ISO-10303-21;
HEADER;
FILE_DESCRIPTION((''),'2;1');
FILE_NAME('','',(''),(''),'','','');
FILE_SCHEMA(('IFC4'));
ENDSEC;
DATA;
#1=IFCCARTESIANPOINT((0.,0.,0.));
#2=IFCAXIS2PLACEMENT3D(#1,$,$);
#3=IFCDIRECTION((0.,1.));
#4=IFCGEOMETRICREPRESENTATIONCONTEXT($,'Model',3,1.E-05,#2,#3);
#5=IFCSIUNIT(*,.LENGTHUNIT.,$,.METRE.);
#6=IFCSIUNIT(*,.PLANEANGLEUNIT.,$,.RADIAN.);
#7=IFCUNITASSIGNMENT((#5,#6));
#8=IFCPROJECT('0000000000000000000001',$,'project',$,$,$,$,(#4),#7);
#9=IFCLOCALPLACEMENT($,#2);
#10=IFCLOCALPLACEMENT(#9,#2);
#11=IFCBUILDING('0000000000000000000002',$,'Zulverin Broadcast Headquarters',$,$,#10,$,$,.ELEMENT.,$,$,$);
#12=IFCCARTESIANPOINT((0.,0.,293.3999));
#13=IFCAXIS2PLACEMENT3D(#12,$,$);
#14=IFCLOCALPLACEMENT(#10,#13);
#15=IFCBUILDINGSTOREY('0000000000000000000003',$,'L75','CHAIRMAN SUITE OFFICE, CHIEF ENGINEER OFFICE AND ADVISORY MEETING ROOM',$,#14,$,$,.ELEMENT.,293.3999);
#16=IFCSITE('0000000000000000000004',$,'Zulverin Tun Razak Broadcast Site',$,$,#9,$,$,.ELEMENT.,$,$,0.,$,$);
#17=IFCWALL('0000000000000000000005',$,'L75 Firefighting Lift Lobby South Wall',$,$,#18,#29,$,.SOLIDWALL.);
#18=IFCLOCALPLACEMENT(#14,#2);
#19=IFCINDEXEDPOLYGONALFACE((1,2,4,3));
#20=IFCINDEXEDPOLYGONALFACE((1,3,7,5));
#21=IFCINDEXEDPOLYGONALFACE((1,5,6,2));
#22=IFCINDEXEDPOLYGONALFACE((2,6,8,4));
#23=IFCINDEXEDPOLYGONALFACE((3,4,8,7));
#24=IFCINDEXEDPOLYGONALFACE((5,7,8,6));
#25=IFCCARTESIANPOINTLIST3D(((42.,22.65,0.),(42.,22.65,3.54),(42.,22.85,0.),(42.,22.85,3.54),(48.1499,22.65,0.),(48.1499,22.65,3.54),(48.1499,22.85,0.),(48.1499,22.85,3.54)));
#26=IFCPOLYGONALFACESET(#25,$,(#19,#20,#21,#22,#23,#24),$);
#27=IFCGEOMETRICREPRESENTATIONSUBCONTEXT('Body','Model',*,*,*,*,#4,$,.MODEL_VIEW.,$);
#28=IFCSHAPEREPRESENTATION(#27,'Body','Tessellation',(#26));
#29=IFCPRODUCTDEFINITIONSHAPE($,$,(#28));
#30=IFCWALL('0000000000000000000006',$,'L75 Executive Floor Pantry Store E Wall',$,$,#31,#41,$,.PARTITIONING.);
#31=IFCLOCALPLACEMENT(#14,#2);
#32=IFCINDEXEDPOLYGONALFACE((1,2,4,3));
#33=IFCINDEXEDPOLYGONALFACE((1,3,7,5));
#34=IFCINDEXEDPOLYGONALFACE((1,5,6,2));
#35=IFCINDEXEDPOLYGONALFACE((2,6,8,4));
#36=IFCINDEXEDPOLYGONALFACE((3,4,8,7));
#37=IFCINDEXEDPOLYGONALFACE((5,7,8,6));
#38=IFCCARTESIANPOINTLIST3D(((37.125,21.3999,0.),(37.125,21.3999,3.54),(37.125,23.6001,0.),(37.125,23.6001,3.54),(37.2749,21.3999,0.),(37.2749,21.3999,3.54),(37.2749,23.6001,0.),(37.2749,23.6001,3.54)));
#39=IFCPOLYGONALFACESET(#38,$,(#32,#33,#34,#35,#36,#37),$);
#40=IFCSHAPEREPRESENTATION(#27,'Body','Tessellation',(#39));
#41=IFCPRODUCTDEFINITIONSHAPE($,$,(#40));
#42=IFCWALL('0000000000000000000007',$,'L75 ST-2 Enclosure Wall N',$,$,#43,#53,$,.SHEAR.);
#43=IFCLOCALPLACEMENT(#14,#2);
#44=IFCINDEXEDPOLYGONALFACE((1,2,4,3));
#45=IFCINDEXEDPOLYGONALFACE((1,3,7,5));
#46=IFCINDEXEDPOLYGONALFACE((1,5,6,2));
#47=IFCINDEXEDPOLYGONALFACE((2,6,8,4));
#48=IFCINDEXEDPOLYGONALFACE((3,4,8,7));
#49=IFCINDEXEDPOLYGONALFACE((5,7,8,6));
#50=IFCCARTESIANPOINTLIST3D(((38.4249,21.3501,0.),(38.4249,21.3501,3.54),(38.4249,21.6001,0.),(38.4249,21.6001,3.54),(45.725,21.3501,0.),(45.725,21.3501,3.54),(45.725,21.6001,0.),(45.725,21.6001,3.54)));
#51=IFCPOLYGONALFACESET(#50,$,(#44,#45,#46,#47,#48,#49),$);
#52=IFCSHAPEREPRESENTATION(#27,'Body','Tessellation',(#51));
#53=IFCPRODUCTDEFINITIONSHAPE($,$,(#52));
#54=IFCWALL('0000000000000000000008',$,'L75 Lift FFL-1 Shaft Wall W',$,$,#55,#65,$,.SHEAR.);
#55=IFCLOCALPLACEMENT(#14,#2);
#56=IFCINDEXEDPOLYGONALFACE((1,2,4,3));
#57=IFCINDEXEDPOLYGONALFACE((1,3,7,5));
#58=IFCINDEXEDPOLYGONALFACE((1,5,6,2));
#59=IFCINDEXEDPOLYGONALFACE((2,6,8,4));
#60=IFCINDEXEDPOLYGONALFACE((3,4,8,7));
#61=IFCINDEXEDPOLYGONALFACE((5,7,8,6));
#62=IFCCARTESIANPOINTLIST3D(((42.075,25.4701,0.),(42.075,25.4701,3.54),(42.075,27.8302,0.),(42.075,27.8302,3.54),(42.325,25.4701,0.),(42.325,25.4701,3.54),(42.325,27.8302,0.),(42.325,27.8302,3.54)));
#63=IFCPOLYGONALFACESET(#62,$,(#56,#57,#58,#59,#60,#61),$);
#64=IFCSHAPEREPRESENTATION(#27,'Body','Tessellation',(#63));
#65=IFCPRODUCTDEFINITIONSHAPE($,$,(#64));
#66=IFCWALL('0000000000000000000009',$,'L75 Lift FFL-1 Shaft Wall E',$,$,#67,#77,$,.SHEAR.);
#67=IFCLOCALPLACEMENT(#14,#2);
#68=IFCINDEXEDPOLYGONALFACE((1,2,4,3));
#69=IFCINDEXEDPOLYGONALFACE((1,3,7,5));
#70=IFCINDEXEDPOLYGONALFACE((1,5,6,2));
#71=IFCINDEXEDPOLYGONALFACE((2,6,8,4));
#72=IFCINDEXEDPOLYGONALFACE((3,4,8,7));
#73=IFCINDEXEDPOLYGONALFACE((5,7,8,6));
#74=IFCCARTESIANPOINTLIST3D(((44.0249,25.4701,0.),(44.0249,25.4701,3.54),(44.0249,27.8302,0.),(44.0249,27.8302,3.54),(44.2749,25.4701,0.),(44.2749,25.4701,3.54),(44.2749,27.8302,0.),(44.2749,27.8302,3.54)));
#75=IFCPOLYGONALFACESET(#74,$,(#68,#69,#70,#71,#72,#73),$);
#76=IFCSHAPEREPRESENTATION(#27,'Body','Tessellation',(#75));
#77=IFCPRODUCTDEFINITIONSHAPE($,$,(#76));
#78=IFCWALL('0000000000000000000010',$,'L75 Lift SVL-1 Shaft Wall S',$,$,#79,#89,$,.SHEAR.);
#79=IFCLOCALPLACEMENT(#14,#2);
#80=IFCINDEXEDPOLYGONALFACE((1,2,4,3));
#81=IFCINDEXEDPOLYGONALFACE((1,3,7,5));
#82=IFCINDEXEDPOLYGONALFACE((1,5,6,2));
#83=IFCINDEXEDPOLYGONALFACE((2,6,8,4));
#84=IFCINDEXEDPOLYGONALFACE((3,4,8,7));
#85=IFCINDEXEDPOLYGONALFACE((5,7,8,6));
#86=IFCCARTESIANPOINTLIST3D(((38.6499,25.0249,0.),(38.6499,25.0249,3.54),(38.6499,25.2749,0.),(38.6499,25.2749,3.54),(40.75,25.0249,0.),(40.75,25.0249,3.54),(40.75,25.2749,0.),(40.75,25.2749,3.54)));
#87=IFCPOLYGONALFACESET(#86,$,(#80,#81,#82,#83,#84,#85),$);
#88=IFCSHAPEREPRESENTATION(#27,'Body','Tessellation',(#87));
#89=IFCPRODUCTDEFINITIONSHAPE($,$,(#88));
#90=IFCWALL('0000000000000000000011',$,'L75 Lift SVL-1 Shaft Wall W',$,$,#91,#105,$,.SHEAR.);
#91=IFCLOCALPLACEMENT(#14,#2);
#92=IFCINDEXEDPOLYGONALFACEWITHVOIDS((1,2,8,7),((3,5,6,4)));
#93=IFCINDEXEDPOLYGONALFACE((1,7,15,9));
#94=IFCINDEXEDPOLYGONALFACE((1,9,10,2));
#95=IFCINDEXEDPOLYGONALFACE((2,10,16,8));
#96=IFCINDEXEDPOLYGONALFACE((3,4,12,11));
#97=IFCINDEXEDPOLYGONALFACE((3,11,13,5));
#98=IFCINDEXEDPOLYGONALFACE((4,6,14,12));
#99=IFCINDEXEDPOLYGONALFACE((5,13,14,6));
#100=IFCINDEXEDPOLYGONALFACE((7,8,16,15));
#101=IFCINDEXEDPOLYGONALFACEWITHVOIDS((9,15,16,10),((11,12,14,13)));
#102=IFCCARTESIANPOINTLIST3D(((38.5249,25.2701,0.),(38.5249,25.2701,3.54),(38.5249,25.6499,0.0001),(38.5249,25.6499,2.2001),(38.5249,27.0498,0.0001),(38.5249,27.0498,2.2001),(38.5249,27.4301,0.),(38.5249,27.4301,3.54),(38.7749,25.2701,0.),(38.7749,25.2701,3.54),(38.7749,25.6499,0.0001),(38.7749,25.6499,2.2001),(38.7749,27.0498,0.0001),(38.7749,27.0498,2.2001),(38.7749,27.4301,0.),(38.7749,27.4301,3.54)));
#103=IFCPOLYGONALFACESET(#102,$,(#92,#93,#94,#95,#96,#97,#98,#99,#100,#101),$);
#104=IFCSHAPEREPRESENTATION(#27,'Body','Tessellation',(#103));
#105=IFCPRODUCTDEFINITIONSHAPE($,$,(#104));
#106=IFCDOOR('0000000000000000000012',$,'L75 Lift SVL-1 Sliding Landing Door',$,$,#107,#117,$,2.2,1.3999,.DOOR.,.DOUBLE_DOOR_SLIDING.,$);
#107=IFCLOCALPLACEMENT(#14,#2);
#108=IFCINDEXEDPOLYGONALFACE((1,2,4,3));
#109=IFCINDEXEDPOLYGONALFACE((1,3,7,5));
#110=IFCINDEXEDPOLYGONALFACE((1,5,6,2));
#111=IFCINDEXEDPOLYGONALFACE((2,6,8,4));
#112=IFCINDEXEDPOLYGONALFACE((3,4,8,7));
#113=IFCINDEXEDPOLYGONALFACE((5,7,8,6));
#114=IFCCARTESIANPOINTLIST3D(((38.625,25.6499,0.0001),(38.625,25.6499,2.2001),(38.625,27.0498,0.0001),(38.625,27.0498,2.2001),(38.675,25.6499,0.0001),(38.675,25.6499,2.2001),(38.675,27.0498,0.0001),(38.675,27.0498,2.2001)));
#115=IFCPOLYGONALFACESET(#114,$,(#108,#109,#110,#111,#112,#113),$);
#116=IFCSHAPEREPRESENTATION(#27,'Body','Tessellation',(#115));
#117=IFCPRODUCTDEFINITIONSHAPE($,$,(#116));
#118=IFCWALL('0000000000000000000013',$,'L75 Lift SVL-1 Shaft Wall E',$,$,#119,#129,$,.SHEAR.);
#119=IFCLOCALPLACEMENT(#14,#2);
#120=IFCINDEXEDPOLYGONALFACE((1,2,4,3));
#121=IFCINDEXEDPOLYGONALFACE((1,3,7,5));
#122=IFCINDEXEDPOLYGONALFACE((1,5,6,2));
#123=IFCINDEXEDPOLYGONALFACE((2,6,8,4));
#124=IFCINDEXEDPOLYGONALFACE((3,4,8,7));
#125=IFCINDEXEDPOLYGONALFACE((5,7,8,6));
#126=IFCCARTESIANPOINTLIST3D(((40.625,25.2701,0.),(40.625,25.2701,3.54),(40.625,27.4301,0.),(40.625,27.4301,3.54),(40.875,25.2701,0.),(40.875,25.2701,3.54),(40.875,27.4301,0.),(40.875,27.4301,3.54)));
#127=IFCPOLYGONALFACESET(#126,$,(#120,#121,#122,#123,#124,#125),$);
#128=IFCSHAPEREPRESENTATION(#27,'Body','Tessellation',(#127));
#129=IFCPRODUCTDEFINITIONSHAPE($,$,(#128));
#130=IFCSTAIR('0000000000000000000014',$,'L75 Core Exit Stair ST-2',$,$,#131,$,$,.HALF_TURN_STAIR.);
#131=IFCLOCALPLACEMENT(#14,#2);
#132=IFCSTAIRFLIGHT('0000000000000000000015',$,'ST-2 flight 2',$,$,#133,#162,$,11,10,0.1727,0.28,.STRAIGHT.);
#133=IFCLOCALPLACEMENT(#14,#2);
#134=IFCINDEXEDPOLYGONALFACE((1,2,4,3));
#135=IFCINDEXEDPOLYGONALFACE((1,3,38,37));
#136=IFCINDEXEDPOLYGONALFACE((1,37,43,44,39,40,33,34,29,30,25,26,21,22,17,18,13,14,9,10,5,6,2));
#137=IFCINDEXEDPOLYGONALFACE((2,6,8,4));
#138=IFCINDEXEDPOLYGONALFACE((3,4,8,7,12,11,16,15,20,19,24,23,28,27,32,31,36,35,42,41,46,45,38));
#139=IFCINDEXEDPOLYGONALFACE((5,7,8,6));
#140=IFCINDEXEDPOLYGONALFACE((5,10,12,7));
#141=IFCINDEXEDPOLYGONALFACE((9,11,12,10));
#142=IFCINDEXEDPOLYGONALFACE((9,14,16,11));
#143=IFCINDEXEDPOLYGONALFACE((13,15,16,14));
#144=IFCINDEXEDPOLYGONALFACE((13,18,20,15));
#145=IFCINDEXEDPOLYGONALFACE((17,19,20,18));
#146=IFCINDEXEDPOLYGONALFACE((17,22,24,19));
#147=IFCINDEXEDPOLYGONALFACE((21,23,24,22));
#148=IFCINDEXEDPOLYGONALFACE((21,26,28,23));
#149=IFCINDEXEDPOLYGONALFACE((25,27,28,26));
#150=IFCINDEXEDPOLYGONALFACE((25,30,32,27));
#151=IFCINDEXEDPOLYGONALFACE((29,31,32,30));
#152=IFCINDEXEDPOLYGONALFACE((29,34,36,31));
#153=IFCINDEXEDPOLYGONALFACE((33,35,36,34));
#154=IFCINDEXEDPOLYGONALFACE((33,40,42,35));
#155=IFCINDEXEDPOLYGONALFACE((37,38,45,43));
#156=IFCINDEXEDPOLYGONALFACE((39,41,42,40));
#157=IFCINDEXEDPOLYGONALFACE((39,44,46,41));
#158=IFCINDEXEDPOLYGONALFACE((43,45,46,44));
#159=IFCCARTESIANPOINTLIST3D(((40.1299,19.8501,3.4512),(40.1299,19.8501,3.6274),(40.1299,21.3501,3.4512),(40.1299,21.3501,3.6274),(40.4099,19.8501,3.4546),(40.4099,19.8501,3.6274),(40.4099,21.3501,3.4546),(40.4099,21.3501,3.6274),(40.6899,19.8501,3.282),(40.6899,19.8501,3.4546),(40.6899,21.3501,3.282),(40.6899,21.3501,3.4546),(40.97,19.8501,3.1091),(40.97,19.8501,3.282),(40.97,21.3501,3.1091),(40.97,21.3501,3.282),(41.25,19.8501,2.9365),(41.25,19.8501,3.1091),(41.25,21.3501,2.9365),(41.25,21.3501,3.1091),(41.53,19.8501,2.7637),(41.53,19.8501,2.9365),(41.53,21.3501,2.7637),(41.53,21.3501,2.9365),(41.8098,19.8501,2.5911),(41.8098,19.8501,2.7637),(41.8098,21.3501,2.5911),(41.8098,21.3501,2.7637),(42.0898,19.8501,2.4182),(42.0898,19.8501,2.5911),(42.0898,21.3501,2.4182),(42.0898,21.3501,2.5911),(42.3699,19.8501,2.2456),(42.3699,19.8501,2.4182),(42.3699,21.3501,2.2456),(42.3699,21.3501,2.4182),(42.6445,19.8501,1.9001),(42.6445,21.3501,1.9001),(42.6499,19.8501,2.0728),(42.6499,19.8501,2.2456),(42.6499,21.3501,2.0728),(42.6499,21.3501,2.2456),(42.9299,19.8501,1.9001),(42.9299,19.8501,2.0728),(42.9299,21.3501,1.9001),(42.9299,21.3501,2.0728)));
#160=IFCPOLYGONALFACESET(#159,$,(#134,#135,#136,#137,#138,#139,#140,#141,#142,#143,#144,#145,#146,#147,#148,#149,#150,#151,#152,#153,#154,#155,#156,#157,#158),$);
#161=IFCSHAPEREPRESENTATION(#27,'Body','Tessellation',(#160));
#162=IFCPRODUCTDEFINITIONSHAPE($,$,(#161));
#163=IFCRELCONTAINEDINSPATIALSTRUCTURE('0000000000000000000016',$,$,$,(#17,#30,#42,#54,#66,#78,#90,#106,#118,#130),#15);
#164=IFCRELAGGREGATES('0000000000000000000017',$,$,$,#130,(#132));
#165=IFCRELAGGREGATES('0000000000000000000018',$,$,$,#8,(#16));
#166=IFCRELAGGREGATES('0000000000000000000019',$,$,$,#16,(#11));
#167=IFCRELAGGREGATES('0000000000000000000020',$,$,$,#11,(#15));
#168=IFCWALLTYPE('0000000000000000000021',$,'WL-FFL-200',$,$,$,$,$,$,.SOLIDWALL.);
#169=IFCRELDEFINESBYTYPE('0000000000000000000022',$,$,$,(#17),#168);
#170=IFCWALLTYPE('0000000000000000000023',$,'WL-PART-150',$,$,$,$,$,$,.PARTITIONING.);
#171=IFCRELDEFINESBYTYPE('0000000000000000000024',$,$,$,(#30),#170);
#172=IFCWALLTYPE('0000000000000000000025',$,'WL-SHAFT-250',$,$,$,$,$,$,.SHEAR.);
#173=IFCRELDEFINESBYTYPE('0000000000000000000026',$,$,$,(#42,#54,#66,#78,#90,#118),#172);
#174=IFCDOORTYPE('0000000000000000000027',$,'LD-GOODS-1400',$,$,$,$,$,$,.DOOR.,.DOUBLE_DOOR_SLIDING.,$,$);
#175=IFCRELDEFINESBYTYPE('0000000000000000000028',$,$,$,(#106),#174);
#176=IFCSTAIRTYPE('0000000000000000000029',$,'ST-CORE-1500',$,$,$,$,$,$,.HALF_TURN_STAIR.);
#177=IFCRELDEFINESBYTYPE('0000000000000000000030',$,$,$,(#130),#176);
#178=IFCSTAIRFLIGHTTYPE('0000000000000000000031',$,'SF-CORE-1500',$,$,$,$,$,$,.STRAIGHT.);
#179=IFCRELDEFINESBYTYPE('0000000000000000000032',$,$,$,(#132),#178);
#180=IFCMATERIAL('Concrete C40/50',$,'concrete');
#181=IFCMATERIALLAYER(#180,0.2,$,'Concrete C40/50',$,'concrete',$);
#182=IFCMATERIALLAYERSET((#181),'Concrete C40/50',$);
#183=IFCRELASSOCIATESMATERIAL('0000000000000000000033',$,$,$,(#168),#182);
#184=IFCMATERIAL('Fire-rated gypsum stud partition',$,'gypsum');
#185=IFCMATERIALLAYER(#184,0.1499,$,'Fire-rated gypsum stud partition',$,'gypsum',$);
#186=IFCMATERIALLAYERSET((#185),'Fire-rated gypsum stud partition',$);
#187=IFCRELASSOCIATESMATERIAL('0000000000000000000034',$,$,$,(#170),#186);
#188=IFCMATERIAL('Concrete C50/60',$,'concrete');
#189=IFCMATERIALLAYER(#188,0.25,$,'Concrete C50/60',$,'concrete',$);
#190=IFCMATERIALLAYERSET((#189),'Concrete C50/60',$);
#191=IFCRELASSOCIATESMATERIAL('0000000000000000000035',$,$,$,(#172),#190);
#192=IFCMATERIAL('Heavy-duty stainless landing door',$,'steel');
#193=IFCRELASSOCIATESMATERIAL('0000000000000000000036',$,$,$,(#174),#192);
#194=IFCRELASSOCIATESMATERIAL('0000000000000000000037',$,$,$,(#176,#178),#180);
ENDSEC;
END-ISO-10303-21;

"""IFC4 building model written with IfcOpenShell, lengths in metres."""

from ifc_helpers import new_model, si_unit, direction, frame, frame_2d, origin, place, context, subcontext, project, spatial, polyline, rectangle, outline, extrude, material, layer, layer_set, type_object, element, fill, aggregate, save


model = new_model("IFC4")

# Units and contexts
model_context = context("Model", 3, precision=1e-05, world=origin(), true_north=direction((0.0, 1.0)))
body_context = subcontext(model_context, "Body", "Model", "MODEL_VIEW")
ifc_project = project(units=[si_unit("LENGTHUNIT", "METRE"), si_unit("PLANEANGLEUNIT", "RADIAN")], contexts=[model_context])

# Site, building, storey
site_placement = place(None, origin())
site = spatial("IfcSite", under=ifc_project, at=site_placement, Name="Zulverin Tun Razak Broadcast Site", CompositionType="ELEMENT", RefElevation=0.0)
building_placement = place(site_placement, origin())
building = spatial("IfcBuilding", under=site, at=building_placement, Name="Zulverin Broadcast Headquarters", CompositionType="ELEMENT")
storey_placement = place(building_placement, frame((0.0, 0.0, 293.3999)))
storey = spatial("IfcBuildingStorey", under=building, at=storey_placement, Name="L75", Description="CHAIRMAN SUITE OFFICE, CHIEF ENGINEER OFFICE AND ADVISORY MEETING ROOM", CompositionType="ELEMENT", Elevation=293.3999)

# Shared definitions
ifc_material_1 = material(Name="Concrete C40/50", Category="concrete")
ifc_layer_1 = layer(ifc_material_1, 0.2, Name="Concrete C40/50", Category="concrete")
ifc_layer_set_1 = layer_set([ifc_layer_1], Name="Concrete C40/50")
wall_type_1 = type_object("IfcWallType", Name="WL-FFL-200", PredefinedType="SOLIDWALL", material=ifc_layer_set_1)

# Wall
wall_1_placement = place(storey_placement, frame((42.0, 22.75, 0.0), z_axis=(0.0, 0.0, 1.0), x_axis=(1.0, 0.0, 0.0)))
element("IfcWall", 1, at=wall_1_placement, inside=storey, type_object=wall_type_1, Name="L75 Firefighting Lift Lobby South Wall", PredefinedType="SOLIDWALL", context=body_context, shape_type="SweptSolid", body=[
    extrude(rectangle(XDim=6.1499, YDim=0.2, at=frame_2d((3.075, 0.0))), origin(), (0.0, 0.0, 1.0), 3.54),
])

# Walls
ifc_material_2 = material(Name="Fire-rated gypsum stud partition", Category="gypsum")
ifc_layer_2 = layer(ifc_material_2, 0.1499, Name="Fire-rated gypsum stud partition", Category="gypsum")
ifc_layer_set_2 = layer_set([ifc_layer_2], Name="Fire-rated gypsum stud partition")
wall_type_2 = type_object("IfcWallType", Name="WL-PART-150", PredefinedType="PARTITIONING", material=ifc_layer_set_2)
wall_2_placement = place(storey_placement, frame((37.2, 21.3999, 0.0), z_axis=(0.0, 0.0, 1.0), x_axis=(0.0, 1.0, 0.0)))
element("IfcWall", 2, at=wall_2_placement, inside=storey, type_object=wall_type_2, Name="L75 Executive Floor Pantry Store E Wall", PredefinedType="PARTITIONING", context=body_context, shape_type="SweptSolid", body=[
    extrude(rectangle(XDim=2.2002, YDim=0.1499, at=frame_2d((1.1001, 0.0))), origin(), (0.0, 0.0, 1.0), 3.54),
])
ifc_material_3 = material(Name="Concrete C50/60", Category="concrete")
ifc_layer_3 = layer(ifc_material_3, 0.25, Name="Concrete C50/60", Category="concrete")
ifc_layer_set_3 = layer_set([ifc_layer_3], Name="Concrete C50/60")
wall_type_3 = type_object("IfcWallType", Name="WL-SHAFT-250", PredefinedType="SHEAR", material=ifc_layer_set_3)
wall_3_placement = place(storey_placement, frame((38.425, 21.4751, 0.0), z_axis=(0.0, 0.0, 1.0), x_axis=(1.0, 0.0, 0.0)))
element("IfcWall", 3, at=wall_3_placement, inside=storey, type_object=wall_type_3, Name="L75 ST-2 Enclosure Wall N", PredefinedType="SHEAR", context=body_context, shape_type="SweptSolid", body=[
    extrude(rectangle(XDim=7.3, YDim=0.25, at=frame_2d((3.6499, 0.0))), origin(), (0.0, 0.0, 1.0), 3.54),
])

# Walls
for number, where, z_axis, x_axis, name in (
    (4, (42.2, 25.47, 0.0), (0.0, 0.0, 1.0), (0.0, 1.0, 0.0), "L75 Lift FFL-1 Shaft Wall W"),
    (5, (44.1499, 25.47, 0.0), (0.0, 0.0, 1.0), (0.0, 1.0, 0.0), "L75 Lift FFL-1 Shaft Wall E"),
):
    element("IfcWall", number, at=place(storey_placement, frame(where, z_axis=z_axis, x_axis=x_axis)), inside=storey, type_object=wall_type_3, Name=name, PredefinedType="SHEAR", context=body_context, shape_type="SweptSolid", body=[
        extrude(rectangle(XDim=2.3601, YDim=0.25, at=frame_2d((1.1802, 0.0))), origin(), (0.0, 0.0, 1.0), 3.54),
    ])

# Wall
wall_4_placement = place(storey_placement, frame((38.6499, 25.1499, 0.0), z_axis=(0.0, 0.0, 1.0), x_axis=(1.0, 0.0, 0.0)))
element("IfcWall", 6, at=wall_4_placement, inside=storey, type_object=wall_type_3, Name="L75 Lift SVL-1 Shaft Wall S", PredefinedType="SHEAR", context=body_context, shape_type="SweptSolid", body=[
    extrude(rectangle(XDim=2.1001, YDim=0.25, at=frame_2d((1.05, 0.0))), origin(), (0.0, 0.0, 1.0), 3.54),
])

# Wall, opening, door
wall_5_placement = place(storey_placement, frame((38.6499, 25.27, 0.0), z_axis=(0.0, 0.0, 1.0), x_axis=(0.0, 1.0, 0.0)))
wall_5 = element("IfcWall", 7, at=wall_5_placement, inside=storey, type_object=wall_type_3, Name="L75 Lift SVL-1 Shaft Wall W", PredefinedType="SHEAR", context=body_context, shape_type="SweptSolid", body=[
    extrude(rectangle(XDim=2.1599, YDim=0.25, at=frame_2d((1.0801, 0.0))), origin(), (0.0, 0.0, 1.0), 3.54),
])
opening_1_placement = place(wall_5_placement, frame((0.3799, 0.0, 0.0)))
opening_1 = element("IfcOpeningElement", 8, at=opening_1_placement, cuts=wall_5, PredefinedType="OPENING", context=body_context, shape_type="SweptSolid", body=[
    extrude(rectangle(XDim=1.3999, YDim=2.2, at=frame_2d((0.7, 1.1001))), frame((0.0, 0.135, 0.0), z_axis=(0.0, -1.0, 0.0), x_axis=(1.0, 0.0, 0.0)), (0.0, 0.0, 1.0), 0.27),
])
ifc_material_4 = material(Name="Heavy-duty stainless landing door", Category="steel")
door_type_1 = type_object("IfcDoorType", Name="LD-GOODS-1400", OperationType="DOUBLE_DOOR_SLIDING", PredefinedType="DOOR", material=ifc_material_4)
door_1_placement = place(opening_1_placement, origin())
door_1 = element("IfcDoor", 9, at=door_1_placement, inside=storey, type_object=door_type_1, Name="L75 Lift SVL-1 Sliding Landing Door", OperationType="DOUBLE_DOOR_SLIDING", OverallHeight=2.2, OverallWidth=1.3999, PredefinedType="DOOR", context=body_context, shape_type="SweptSolid", body=[
    extrude(rectangle(XDim=1.3999, YDim=2.2, at=frame_2d((0.7, 1.1001))), frame((0.0, 0.0249, 0.0), z_axis=(0.0, -1.0, 0.0), x_axis=(1.0, 0.0, 0.0)), (0.0, 0.0, 1.0), 0.05),
])
fill(opening_1, door_1)

# Wall
wall_6_placement = place(storey_placement, frame((40.75, 25.27, 0.0), z_axis=(0.0, 0.0, 1.0), x_axis=(0.0, 1.0, 0.0)))
element("IfcWall", 10, at=wall_6_placement, inside=storey, type_object=wall_type_3, Name="L75 Lift SVL-1 Shaft Wall E", PredefinedType="SHEAR", context=body_context, shape_type="SweptSolid", body=[
    extrude(rectangle(XDim=2.1599, YDim=0.25, at=frame_2d((1.0801, 0.0))), origin(), (0.0, 0.0, 1.0), 3.54),
])

# Stair, stair flight
stair_type = type_object("IfcStairType", Name="ST-CORE-1500", PredefinedType="HALF_TURN_STAIR", material=ifc_material_1)
stair_placement = place(storey_placement, origin())
stair = element("IfcStair", 11, at=stair_placement, inside=storey, type_object=stair_type, Name="L75 Core Exit Stair ST-2", PredefinedType="HALF_TURN_STAIR")
stair_flight_type = type_object("IfcStairFlightType", Name="SF-CORE-1500", PredefinedType="STRAIGHT", material=ifc_material_1)
stair_flight_placement = place(storey_placement, frame((42.9299, 20.6001, 1.9001), z_axis=(0.0, 0.0, 1.0), x_axis=(-1.0, 0.0, 0.0)))
stair_flight = element("IfcStairFlight", 12, at=stair_flight_placement, type_object=stair_flight_type, Name="ST-2 flight 2", NumberOfRisers=11, NumberOfTreads=10, PredefinedType="STRAIGHT", RiserHeight=0.1727, TreadLength=0.28, context=body_context, shape_type="SweptSolid", body=[
    extrude(outline(polyline([(0.0, 0.0), (0.0, 0.1726), (0.28, 0.1726), (0.28, 0.3455), (0.5601, 0.3455), (0.5601, 0.5181), (0.8401, 0.5181), (0.8401, 0.6909), (1.1201, 0.6909), (1.1201, 0.8635), (1.3999, 0.8635), (1.3999, 1.0364), (1.6799, 1.0364), (1.6799, 1.209), (1.96, 1.209), (1.96, 1.3818), (2.24, 1.3818), (2.24, 1.5544), (2.52, 1.5544), (2.52, 1.7273), (2.8, 1.7273), (2.8, 1.8999), (2.8, 1.551), (0.2854, 0.0), (0.0, 0.0)])), frame((0.0, 0.75, 0.0), z_axis=(0.0, -1.0, 0.0), x_axis=(1.0, 0.0, 0.0)), (0.0, 0.0, 1.0), 1.5),
])
aggregate(stair, [stair_flight])

save(model, "model.ifc")
